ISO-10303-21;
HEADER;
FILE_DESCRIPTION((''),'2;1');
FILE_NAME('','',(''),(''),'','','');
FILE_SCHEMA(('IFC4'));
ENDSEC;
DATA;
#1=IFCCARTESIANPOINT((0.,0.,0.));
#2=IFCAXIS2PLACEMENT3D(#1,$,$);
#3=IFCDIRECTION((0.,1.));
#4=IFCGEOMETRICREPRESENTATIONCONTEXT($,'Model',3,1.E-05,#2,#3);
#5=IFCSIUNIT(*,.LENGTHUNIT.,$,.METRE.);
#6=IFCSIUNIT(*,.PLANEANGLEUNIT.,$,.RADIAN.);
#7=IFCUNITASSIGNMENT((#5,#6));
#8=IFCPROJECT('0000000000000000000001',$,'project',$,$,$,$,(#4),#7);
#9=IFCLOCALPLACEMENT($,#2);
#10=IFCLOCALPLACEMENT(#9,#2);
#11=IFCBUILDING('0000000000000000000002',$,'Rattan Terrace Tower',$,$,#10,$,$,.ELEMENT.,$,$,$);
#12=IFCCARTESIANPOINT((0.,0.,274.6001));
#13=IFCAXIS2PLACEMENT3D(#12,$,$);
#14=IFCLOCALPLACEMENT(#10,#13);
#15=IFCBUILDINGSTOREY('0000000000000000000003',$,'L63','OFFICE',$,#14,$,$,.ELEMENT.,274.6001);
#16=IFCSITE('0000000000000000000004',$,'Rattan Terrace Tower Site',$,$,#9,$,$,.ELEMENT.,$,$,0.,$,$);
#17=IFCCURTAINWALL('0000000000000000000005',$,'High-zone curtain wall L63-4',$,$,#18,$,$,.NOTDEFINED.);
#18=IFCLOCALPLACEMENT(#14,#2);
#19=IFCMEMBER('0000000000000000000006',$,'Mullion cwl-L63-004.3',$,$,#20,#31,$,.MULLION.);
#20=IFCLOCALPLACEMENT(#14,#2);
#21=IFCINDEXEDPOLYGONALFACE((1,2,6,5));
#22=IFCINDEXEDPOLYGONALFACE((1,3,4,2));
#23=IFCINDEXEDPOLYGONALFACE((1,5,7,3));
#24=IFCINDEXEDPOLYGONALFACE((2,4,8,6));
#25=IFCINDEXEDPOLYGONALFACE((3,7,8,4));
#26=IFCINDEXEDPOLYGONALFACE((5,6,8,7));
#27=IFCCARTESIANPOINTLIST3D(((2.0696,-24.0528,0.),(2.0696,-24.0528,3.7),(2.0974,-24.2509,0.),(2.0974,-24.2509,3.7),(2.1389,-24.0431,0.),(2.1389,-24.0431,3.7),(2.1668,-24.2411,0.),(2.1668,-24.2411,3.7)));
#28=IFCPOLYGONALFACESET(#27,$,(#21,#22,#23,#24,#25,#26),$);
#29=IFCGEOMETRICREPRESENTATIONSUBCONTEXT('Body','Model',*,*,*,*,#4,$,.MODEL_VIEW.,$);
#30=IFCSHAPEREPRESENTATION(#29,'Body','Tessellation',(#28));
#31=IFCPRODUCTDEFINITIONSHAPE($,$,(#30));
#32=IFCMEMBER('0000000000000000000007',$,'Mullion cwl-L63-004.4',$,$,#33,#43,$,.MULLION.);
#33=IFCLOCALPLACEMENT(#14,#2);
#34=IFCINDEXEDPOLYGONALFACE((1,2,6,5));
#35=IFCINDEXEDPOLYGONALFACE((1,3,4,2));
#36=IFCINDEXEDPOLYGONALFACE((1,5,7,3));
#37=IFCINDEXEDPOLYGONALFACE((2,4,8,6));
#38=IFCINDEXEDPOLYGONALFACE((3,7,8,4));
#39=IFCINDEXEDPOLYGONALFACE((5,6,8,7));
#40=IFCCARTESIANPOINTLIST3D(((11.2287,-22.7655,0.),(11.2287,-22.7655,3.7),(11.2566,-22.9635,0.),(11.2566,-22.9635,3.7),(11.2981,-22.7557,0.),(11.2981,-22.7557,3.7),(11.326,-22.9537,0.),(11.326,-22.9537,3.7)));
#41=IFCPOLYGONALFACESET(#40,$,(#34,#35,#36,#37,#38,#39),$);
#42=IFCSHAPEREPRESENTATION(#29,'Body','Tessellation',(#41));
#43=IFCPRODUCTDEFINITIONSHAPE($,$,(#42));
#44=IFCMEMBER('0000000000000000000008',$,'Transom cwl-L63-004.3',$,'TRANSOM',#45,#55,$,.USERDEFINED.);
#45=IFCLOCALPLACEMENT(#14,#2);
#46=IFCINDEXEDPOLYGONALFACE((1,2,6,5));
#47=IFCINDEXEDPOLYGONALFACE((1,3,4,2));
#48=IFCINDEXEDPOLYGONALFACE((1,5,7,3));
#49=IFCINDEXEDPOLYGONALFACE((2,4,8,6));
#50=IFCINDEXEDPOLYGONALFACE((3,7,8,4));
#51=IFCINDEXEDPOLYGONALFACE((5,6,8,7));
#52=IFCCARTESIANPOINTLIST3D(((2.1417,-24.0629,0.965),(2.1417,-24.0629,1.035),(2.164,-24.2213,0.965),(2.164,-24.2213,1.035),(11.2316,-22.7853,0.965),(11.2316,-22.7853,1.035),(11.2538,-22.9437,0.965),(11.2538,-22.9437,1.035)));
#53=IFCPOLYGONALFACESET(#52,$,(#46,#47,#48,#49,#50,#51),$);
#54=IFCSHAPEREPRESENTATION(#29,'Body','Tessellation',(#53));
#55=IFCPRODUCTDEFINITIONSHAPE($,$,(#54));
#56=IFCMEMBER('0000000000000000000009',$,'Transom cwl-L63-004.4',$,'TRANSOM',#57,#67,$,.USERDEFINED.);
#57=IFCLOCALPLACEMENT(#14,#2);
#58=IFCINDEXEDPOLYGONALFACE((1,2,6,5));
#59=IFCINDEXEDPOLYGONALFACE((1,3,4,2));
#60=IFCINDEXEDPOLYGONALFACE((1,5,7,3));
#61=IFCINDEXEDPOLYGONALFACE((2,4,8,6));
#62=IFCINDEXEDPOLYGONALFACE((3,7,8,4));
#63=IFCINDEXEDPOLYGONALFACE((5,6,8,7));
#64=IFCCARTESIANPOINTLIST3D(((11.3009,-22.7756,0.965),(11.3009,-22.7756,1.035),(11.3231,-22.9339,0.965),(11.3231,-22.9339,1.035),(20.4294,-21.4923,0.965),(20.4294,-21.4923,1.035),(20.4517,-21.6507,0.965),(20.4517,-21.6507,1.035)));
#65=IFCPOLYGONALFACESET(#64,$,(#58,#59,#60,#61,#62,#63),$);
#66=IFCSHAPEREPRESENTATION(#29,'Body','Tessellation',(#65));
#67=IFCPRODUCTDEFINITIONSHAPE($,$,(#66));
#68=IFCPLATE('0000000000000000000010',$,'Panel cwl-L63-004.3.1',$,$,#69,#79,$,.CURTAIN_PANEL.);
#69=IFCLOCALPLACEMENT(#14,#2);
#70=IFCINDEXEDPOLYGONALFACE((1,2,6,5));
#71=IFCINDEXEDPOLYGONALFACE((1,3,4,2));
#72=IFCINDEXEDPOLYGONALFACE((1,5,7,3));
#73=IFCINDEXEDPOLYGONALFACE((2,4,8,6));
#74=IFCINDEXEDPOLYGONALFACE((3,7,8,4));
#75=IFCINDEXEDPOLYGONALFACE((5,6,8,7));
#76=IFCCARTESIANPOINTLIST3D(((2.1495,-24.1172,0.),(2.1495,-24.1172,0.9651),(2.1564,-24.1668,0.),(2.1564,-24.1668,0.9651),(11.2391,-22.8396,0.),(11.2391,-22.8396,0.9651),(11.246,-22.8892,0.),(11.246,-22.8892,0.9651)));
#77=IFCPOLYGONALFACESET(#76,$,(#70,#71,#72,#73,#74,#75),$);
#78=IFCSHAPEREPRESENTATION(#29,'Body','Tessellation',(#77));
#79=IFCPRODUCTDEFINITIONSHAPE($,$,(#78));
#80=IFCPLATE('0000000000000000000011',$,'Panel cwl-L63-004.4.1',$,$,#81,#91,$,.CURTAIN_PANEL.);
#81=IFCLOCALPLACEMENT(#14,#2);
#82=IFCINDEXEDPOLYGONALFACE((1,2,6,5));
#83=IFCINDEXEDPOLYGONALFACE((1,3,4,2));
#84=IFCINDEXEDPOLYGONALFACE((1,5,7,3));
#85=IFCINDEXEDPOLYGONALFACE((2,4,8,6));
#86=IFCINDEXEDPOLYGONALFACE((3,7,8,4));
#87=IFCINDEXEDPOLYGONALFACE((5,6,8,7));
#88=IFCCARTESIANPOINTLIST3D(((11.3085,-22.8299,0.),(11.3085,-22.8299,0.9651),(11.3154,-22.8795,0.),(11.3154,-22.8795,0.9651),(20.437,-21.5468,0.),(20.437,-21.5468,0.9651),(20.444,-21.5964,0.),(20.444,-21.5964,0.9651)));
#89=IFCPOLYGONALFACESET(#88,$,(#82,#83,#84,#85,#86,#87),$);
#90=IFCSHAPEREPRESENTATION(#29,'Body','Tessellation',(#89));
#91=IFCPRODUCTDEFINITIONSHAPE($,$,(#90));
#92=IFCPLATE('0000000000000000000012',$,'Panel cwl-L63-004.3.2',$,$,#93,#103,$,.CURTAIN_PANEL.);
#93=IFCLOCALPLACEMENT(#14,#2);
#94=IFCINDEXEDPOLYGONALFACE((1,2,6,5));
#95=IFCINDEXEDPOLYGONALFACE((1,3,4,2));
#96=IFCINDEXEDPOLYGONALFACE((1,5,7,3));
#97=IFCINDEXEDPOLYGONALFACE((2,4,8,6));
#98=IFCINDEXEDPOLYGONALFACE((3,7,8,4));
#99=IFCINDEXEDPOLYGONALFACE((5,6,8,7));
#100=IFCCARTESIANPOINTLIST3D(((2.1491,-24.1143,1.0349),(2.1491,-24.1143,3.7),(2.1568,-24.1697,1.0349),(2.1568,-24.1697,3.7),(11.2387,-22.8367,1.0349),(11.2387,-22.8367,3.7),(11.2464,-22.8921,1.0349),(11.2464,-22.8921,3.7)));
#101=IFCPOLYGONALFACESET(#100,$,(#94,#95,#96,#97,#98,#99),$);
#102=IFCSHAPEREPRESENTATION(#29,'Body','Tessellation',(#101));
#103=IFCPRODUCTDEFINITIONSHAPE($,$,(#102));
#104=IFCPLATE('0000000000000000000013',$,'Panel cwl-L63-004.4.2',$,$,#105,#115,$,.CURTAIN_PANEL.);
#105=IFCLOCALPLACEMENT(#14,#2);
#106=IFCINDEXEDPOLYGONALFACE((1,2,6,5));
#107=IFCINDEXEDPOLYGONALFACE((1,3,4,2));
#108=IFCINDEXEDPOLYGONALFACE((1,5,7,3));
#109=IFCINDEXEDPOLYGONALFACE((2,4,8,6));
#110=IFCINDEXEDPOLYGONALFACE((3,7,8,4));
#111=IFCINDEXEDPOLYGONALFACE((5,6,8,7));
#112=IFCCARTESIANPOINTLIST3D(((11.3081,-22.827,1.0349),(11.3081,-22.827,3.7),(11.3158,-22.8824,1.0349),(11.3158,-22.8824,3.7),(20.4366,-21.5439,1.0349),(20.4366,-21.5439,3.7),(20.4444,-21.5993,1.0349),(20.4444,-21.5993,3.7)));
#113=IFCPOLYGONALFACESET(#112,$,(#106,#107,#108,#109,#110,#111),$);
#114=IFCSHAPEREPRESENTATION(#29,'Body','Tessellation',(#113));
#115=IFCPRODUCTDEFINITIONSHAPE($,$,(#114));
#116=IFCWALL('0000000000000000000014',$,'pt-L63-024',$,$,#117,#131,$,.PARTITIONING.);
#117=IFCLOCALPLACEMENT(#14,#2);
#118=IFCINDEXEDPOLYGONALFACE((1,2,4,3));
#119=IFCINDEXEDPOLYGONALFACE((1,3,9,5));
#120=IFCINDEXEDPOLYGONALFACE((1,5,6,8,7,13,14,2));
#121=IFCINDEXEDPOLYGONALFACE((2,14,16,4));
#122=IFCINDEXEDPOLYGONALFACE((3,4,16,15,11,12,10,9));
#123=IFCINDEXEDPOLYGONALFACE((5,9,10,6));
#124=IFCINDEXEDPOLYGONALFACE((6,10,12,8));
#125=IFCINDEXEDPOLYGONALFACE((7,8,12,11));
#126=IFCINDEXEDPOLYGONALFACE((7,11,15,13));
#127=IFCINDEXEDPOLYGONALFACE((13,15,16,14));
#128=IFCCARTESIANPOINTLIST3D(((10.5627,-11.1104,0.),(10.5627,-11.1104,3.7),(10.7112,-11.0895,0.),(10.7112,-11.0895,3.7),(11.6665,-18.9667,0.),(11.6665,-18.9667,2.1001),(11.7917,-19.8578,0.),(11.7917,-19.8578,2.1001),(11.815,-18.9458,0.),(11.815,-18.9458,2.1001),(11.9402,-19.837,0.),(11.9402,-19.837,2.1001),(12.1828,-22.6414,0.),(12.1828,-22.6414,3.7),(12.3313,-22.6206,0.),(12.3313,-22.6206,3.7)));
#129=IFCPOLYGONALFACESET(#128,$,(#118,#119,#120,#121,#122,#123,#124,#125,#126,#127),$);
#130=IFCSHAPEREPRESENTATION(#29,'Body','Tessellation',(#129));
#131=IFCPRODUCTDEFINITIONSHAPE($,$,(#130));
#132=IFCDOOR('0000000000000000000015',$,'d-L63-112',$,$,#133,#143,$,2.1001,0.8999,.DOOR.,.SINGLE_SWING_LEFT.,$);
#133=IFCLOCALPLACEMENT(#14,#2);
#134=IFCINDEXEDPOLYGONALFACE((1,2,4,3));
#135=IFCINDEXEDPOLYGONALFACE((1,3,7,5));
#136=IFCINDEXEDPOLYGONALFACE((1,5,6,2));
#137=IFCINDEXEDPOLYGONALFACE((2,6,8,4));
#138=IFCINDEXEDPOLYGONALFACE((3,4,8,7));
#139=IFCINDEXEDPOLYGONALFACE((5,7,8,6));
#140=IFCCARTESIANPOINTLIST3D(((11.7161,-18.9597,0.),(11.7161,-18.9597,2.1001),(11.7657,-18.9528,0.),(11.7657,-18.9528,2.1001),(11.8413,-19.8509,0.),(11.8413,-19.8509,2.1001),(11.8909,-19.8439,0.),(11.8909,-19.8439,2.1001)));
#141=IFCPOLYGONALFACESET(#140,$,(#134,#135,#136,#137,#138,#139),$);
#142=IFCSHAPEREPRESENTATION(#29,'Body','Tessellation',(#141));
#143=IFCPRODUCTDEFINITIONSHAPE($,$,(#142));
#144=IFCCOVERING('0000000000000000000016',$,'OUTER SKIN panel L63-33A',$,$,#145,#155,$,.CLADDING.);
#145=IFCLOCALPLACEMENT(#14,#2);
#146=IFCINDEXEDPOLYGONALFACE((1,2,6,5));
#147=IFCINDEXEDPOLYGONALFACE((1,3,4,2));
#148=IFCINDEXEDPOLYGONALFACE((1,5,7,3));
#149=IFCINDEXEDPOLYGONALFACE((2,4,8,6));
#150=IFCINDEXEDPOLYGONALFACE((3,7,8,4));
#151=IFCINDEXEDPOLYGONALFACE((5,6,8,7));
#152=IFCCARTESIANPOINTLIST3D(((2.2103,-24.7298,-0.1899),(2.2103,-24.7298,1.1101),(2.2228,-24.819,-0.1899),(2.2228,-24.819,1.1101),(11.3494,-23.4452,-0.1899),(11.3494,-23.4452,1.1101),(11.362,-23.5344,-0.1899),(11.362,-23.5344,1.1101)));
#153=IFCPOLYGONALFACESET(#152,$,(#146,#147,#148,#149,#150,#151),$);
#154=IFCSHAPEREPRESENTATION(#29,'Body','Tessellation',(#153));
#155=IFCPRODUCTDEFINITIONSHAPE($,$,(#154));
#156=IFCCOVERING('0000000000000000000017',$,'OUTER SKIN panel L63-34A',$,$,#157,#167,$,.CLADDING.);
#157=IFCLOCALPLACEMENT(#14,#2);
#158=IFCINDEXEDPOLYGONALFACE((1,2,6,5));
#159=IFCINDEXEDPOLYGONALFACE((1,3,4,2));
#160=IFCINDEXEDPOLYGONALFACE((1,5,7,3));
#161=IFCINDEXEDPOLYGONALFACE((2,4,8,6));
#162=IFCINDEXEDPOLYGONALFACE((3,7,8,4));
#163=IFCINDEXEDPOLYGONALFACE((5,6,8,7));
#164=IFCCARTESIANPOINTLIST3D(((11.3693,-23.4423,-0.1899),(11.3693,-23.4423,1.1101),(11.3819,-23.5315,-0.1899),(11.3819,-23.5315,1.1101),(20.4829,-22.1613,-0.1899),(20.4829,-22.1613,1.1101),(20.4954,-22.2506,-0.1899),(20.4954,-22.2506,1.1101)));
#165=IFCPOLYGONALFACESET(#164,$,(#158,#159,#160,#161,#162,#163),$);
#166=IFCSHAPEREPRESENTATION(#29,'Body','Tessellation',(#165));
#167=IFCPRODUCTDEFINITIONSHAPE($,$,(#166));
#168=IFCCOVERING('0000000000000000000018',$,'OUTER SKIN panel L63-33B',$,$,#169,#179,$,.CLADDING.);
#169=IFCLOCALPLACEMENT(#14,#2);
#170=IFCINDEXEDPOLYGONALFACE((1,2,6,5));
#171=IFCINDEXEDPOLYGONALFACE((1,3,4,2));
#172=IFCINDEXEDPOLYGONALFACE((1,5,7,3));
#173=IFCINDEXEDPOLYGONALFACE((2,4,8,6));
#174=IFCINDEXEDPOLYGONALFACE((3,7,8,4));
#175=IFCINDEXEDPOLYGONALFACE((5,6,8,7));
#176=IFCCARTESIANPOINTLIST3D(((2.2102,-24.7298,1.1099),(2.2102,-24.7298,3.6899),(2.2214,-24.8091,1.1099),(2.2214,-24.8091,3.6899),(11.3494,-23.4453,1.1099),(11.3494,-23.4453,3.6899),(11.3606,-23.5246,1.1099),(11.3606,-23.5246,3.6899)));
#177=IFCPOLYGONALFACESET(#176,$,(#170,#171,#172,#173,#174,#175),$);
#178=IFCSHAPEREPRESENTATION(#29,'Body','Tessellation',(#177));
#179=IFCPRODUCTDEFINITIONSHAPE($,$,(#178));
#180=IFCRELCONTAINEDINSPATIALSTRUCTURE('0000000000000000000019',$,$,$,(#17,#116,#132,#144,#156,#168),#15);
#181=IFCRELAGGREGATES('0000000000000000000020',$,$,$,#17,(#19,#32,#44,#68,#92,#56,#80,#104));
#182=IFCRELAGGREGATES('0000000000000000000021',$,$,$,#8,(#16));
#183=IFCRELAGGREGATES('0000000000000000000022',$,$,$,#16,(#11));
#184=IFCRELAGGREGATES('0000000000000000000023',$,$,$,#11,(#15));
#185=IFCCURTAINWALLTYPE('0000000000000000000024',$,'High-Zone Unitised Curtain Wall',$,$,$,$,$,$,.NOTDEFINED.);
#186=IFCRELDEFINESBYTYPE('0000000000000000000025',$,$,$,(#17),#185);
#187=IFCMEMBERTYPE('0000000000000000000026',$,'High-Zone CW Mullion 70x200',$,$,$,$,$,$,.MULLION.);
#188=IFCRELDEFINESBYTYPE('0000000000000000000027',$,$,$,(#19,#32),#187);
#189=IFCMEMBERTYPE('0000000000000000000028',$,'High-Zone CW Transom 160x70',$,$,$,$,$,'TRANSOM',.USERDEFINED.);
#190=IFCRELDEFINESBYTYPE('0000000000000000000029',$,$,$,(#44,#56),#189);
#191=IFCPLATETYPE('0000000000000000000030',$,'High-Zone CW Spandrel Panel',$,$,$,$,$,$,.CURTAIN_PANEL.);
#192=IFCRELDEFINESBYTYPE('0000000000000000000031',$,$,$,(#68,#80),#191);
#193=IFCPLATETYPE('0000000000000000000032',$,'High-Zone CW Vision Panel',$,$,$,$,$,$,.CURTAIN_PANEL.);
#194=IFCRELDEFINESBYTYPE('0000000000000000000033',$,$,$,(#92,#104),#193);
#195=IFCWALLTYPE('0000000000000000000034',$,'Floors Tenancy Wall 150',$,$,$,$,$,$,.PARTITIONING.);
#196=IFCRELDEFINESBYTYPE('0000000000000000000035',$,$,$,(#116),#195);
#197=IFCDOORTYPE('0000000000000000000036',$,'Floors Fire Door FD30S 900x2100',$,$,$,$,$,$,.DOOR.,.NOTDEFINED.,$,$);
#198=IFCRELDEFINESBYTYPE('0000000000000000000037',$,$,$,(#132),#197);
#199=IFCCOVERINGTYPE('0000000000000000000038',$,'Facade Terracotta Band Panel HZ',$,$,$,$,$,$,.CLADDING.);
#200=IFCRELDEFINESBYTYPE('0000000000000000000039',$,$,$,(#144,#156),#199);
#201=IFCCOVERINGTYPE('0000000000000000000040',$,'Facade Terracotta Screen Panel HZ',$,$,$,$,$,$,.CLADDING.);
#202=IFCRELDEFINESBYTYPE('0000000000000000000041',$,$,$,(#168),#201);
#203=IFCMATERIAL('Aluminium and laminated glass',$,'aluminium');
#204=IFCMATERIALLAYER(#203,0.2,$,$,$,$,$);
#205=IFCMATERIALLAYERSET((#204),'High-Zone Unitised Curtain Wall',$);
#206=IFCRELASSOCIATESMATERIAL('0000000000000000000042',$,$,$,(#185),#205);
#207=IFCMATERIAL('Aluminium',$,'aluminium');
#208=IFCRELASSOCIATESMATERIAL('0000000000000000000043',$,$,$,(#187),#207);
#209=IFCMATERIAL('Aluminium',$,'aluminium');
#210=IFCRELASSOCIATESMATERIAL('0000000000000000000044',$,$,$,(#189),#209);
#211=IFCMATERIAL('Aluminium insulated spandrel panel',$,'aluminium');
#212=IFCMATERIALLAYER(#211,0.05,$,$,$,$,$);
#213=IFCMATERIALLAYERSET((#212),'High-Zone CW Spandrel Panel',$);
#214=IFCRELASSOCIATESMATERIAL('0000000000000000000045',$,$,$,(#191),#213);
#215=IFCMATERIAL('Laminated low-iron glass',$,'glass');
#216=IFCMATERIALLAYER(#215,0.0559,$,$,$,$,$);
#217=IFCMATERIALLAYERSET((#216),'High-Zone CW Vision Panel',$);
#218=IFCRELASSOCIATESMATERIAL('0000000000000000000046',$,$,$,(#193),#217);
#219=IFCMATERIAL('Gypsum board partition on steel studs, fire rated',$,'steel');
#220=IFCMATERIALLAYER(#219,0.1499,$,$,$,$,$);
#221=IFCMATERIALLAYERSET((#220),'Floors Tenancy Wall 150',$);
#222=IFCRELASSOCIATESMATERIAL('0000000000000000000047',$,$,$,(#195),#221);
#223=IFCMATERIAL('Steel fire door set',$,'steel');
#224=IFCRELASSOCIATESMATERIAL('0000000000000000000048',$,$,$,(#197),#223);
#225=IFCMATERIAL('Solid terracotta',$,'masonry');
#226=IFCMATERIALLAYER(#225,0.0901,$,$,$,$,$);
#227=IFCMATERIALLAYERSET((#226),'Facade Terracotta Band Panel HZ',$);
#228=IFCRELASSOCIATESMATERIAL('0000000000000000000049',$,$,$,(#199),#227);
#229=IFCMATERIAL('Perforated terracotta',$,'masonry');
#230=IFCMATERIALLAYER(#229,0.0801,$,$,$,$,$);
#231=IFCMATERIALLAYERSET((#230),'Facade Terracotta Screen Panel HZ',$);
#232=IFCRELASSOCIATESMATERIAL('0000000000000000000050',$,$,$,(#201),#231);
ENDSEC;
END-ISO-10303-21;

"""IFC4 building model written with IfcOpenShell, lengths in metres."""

from ifc_helpers import new_model, si_unit, direction, frame, frame_2d, origin, origin_2d, place, context, subcontext, project, spatial, rectangle, extrude, material, layer, layer_set, material_profile, profile_set, type_object, element, fill, aggregate, save


model = new_model("IFC4")

# Units and contexts
model_context = context("Model", 3, precision=1e-05, world=origin(), true_north=direction((0.0, 1.0)))
body_context = subcontext(model_context, "Body", "Model", "MODEL_VIEW")
ifc_project = project(units=[si_unit("LENGTHUNIT", "METRE"), si_unit("PLANEANGLEUNIT", "RADIAN")], contexts=[model_context])

# Site, building, storey
site_placement = place(None, origin())
site = spatial("IfcSite", under=ifc_project, at=site_placement, Name="Rattan Terrace Tower Site", CompositionType="ELEMENT", RefElevation=0.0)
building_placement = place(site_placement, origin())
building = spatial("IfcBuilding", under=site, at=building_placement, Name="Rattan Terrace Tower", CompositionType="ELEMENT")
storey_placement = place(building_placement, frame((0.0, 0.0, 274.6001)))
storey = spatial("IfcBuildingStorey", under=building, at=storey_placement, Name="L63", Description="OFFICE", CompositionType="ELEMENT", Elevation=274.6001)

# Curtain wall, members, plates
ifc_material_1 = material(Name="Aluminium and laminated glass", Category="aluminium")
ifc_layer_1 = layer(ifc_material_1, 0.2)
ifc_layer_set_1 = layer_set([ifc_layer_1], Name="High-Zone Unitised Curtain Wall")
curtain_wall_type = type_object("IfcCurtainWallType", Name="High-Zone Unitised Curtain Wall", PredefinedType="NOTDEFINED", material=ifc_layer_set_1)
curtain_wall_placement = place(storey_placement, origin())
curtain_wall = element("IfcCurtainWall", 1, at=curtain_wall_placement, inside=storey, type_object=curtain_wall_type, Name="High-zone curtain wall L63-4", PredefinedType="NOTDEFINED")
ifc_material_2 = material(Name="Aluminium", Category="aluminium")
ifc_material_profile_1 = material_profile(ifc_material_2, rectangle(XDim=0.0701, YDim=0.2, at=origin_2d()), Name="Aluminium 70x200")
ifc_profile_set_1 = profile_set([ifc_material_profile_1], Name="Aluminium")
member_type_1 = type_object("IfcMemberType", Name="High-Zone CW Mullion 70x200", PredefinedType="MULLION", material=ifc_profile_set_1)
member_1_placement = place(storey_placement, frame((2.1182, -24.147, 0.0), z_axis=(0.0, 0.0, 1.0), x_axis=(0.990266, 0.139189, 0.0)))
member_1 = element("IfcMember", 2, at=member_1_placement, type_object=member_type_1, Name="Mullion cwl-L63-004.3", PredefinedType="MULLION", context=body_context, shape_type="SweptSolid", body=[
    extrude(rectangle(XDim=0.0701, YDim=0.2, at=origin_2d()), origin(), (0.0, 0.0, 1.0), 3.7),
])
member_2_placement = place(storey_placement, frame((11.2773, -22.8596, 0.0), z_axis=(0.0, 0.0, 1.0), x_axis=(0.990266, 0.139189, 0.0)))
member_2 = element("IfcMember", 3, at=member_2_placement, type_object=member_type_1, Name="Mullion cwl-L63-004.4", PredefinedType="MULLION", context=body_context, shape_type="SweptSolid", body=[
    extrude(rectangle(XDim=0.0701, YDim=0.2, at=origin_2d()), origin(), (0.0, 0.0, 1.0), 3.7),
])
ifc_material_3 = material(Name="Aluminium", Category="aluminium")
ifc_material_profile_2 = material_profile(ifc_material_3, rectangle(XDim=0.1599, YDim=0.0701, at=origin_2d()), Name="Aluminium 160x70")
ifc_profile_set_2 = profile_set([ifc_material_profile_2], Name="Aluminium")
member_type_2 = type_object("IfcMemberType", Name="High-Zone CW Transom 160x70", ElementType="TRANSOM", PredefinedType="USERDEFINED", material=ifc_profile_set_2)
member_3_placement = place(storey_placement, frame((2.1528, -24.1421, 1.0), z_axis=(0.990267, 0.139183, 0.0), x_axis=(-0.139183, 0.990267, 0.0)))
member_3 = element("IfcMember", 4, at=member_3_placement, type_object=member_type_2, Name="Transom cwl-L63-004.3", ObjectType="TRANSOM", PredefinedType="USERDEFINED", context=body_context, shape_type="SweptSolid", body=[
    extrude(rectangle(XDim=0.1599, YDim=0.0701, at=origin_2d()), origin(), (0.0, 0.0, 1.0), 9.1792),
])
member_4_placement = place(storey_placement, frame((11.312, -22.8547, 1.0), z_axis=(0.990264, 0.139204, 0.0), x_axis=(-0.139204, 0.990264, 0.0)))
member_4 = element("IfcMember", 5, at=member_4_placement, type_object=member_type_2, Name="Transom cwl-L63-004.4", ObjectType="TRANSOM", PredefinedType="USERDEFINED", context=body_context, shape_type="SweptSolid", body=[
    extrude(rectangle(XDim=0.1599, YDim=0.0701, at=origin_2d()), origin(), (0.0, 0.0, 1.0), 9.2183),
])
ifc_material_4 = material(Name="Aluminium insulated spandrel panel", Category="aluminium")
ifc_layer_2 = layer(ifc_material_4, 0.05)
ifc_layer_set_2 = layer_set([ifc_layer_2], Name="High-Zone CW Spandrel Panel")
plate_type_1 = type_object("IfcPlateType", Name="High-Zone CW Spandrel Panel", PredefinedType="CURTAIN_PANEL", material=ifc_layer_set_2)
plate_1_placement = place(storey_placement, frame((6.6978, -23.5032, 0.0), z_axis=(0.0, 0.0, 1.0), x_axis=(0.990266, 0.139189, 0.0)))
plate_1 = element("IfcPlate", 6, at=plate_1_placement, type_object=plate_type_1, Name="Panel cwl-L63-004.3.1", PredefinedType="CURTAIN_PANEL", context=body_context, shape_type="SweptSolid", body=[
    extrude(rectangle(XDim=9.179, YDim=0.05, at=origin_2d()), origin(), (0.0, 0.0, 1.0), 0.9651),
])
plate_2_placement = place(storey_placement, frame((15.8762, -22.2131, 0.0), z_axis=(0.0, 0.0, 1.0), x_axis=(0.990266, 0.139189, 0.0)))
plate_2 = element("IfcPlate", 7, at=plate_2_placement, type_object=plate_type_1, Name="Panel cwl-L63-004.4.1", PredefinedType="CURTAIN_PANEL", context=body_context, shape_type="SweptSolid", body=[
    extrude(rectangle(XDim=9.2183, YDim=0.05, at=origin_2d()), origin(), (0.0, 0.0, 1.0), 0.9651),
])
ifc_material_5 = material(Name="Laminated low-iron glass", Category="glass")
ifc_layer_3 = layer(ifc_material_5, 0.0559)
ifc_layer_set_3 = layer_set([ifc_layer_3], Name="High-Zone CW Vision Panel")
plate_type_2 = type_object("IfcPlateType", Name="High-Zone CW Vision Panel", PredefinedType="CURTAIN_PANEL", material=ifc_layer_set_3)
plate_3_placement = place(storey_placement, frame((6.6978, -23.5032, 1.0349), z_axis=(0.0, 0.0, 1.0), x_axis=(0.990266, 0.139189, 0.0)))
plate_3 = element("IfcPlate", 8, at=plate_3_placement, type_object=plate_type_2, Name="Panel cwl-L63-004.3.2", PredefinedType="CURTAIN_PANEL", context=body_context, shape_type="SweptSolid", body=[
    extrude(rectangle(XDim=9.179, YDim=0.0559, at=origin_2d()), origin(), (0.0, 0.0, 1.0), 2.665),
])
plate_4_placement = place(storey_placement, frame((15.8762, -22.2131, 1.0349), z_axis=(0.0, 0.0, 1.0), x_axis=(0.990266, 0.139189, 0.0)))
plate_4 = element("IfcPlate", 9, at=plate_4_placement, type_object=plate_type_2, Name="Panel cwl-L63-004.4.2", PredefinedType="CURTAIN_PANEL", context=body_context, shape_type="SweptSolid", body=[
    extrude(rectangle(XDim=9.2183, YDim=0.0559, at=origin_2d()), origin(), (0.0, 0.0, 1.0), 2.665),
])
aggregate(curtain_wall, [member_1, member_2, member_3, plate_1, plate_3, member_4, plate_2, plate_4])

# Wall, opening, door
ifc_material_6 = material(Name="Gypsum board partition on steel studs, fire rated", Category="steel")
ifc_layer_4 = layer(ifc_material_6, 0.1499)
ifc_layer_set_4 = layer_set([ifc_layer_4], Name="Floors Tenancy Wall 150")
wall_type = type_object("IfcWallType", Name="Floors Tenancy Wall 150", PredefinedType="PARTITIONING", material=ifc_layer_set_4)
wall_placement = place(storey_placement, frame((12.2571, -22.6311, 0.0), z_axis=(0.0, 0.0, 1.0), x_axis=(-0.139134, 0.990274, 0.0)))
wall = element("IfcWall", 10, at=wall_placement, inside=storey, type_object=wall_type, Name="pt-L63-024", PredefinedType="PARTITIONING", context=body_context, shape_type="SweptSolid", body=[
    extrude(rectangle(XDim=11.6443, YDim=0.1499, at=frame_2d((5.8223, 0.0))), origin(), (0.0, 0.0, 1.0), 3.7),
])
opening_placement = place(wall_placement, frame((2.811, 0.0, 0.0)))
opening = element("IfcOpeningElement", 11, at=opening_placement, cuts=wall, PredefinedType="OPENING", context=body_context, shape_type="SweptSolid", body=[
    extrude(rectangle(XDim=0.8999, YDim=2.1001, at=frame_2d((0.45, 1.05))), frame((0.0, 0.0854, 0.0), z_axis=(0.0, -1.0, 0.0), x_axis=(1.0, 0.0, 0.0)), (0.0, 0.0, 1.0), 0.1709),
])
ifc_material_7 = material(Name="Steel fire door set", Category="steel")
door_type = type_object("IfcDoorType", Name="Floors Fire Door FD30S 900x2100", OperationType="NOTDEFINED", PredefinedType="DOOR", material=ifc_material_7)
door_placement = place(opening_placement, origin())
door = element("IfcDoor", 12, at=door_placement, inside=storey, type_object=door_type, Name="d-L63-112", OperationType="SINGLE_SWING_LEFT", OverallHeight=2.1001, OverallWidth=0.8999, PredefinedType="DOOR", context=body_context, shape_type="SweptSolid", body=[
    extrude(rectangle(XDim=0.8999, YDim=2.1001, at=frame_2d((0.45, 1.05))), frame((0.0, 0.0249, 0.0), z_axis=(0.0, -1.0, 0.0), x_axis=(1.0, 0.0, 0.0)), (0.0, 0.0, 1.0), 0.05),
])
fill(opening, door)

# Coverings
ifc_material_8 = material(Name="Solid terracotta", Category="masonry")
ifc_layer_5 = layer(ifc_material_8, 0.0901)
ifc_layer_set_5 = layer_set([ifc_layer_5], Name="Facade Terracotta Band Panel HZ")
covering_type_1 = type_object("IfcCoveringType", Name="Facade Terracotta Band Panel HZ", PredefinedType="CLADDING", material=ifc_layer_set_5)
covering_1_placement = place(storey_placement, frame((6.7861, -24.1321, -0.1899), z_axis=(0.0, 0.0, 1.0), x_axis=(0.990266, 0.139189, 0.0)))
element("IfcCovering", 13, at=covering_1_placement, inside=storey, type_object=covering_type_1, Name="OUTER SKIN panel L63-33A", PredefinedType="CLADDING", context=body_context, shape_type="SweptSolid", body=[
    extrude(rectangle(XDim=9.229, YDim=0.0901, at=origin_2d()), origin(), (0.0, 0.0, 1.0), 1.3),
])
covering_2_placement = place(storey_placement, frame((15.9324, -22.8464, -0.1899), z_axis=(0.0, 0.0, 1.0), x_axis=(0.990266, 0.139189, 0.0)))
element("IfcCovering", 14, at=covering_2_placement, inside=storey, type_object=covering_type_1, Name="OUTER SKIN panel L63-34A", PredefinedType="CLADDING", context=body_context, shape_type="SweptSolid", body=[
    extrude(rectangle(XDim=9.2031, YDim=0.0901, at=origin_2d()), origin(), (0.0, 0.0, 1.0), 1.3),
])
ifc_material_9 = material(Name="Perforated terracotta", Category="masonry")
ifc_layer_6 = layer(ifc_material_9, 0.0801)
ifc_layer_set_6 = layer_set([ifc_layer_6], Name="Facade Terracotta Screen Panel HZ")
covering_type_2 = type_object("IfcCoveringType", Name="Facade Terracotta Screen Panel HZ", PredefinedType="CLADDING", material=ifc_layer_set_6)
covering_3_placement = place(storey_placement, frame((6.7854, -24.1272, 1.1099), z_axis=(0.0, 0.0, 1.0), x_axis=(0.990266, 0.139189, 0.0)))
element("IfcCovering", 15, at=covering_3_placement, inside=storey, type_object=covering_type_2, Name="OUTER SKIN panel L63-33B", PredefinedType="CLADDING", context=body_context, shape_type="SweptSolid", body=[
    extrude(rectangle(XDim=9.229, YDim=0.0801, at=origin_2d()), origin(), (0.0, 0.0, 1.0), 2.5801),
])

save(model, "model.ifc")
